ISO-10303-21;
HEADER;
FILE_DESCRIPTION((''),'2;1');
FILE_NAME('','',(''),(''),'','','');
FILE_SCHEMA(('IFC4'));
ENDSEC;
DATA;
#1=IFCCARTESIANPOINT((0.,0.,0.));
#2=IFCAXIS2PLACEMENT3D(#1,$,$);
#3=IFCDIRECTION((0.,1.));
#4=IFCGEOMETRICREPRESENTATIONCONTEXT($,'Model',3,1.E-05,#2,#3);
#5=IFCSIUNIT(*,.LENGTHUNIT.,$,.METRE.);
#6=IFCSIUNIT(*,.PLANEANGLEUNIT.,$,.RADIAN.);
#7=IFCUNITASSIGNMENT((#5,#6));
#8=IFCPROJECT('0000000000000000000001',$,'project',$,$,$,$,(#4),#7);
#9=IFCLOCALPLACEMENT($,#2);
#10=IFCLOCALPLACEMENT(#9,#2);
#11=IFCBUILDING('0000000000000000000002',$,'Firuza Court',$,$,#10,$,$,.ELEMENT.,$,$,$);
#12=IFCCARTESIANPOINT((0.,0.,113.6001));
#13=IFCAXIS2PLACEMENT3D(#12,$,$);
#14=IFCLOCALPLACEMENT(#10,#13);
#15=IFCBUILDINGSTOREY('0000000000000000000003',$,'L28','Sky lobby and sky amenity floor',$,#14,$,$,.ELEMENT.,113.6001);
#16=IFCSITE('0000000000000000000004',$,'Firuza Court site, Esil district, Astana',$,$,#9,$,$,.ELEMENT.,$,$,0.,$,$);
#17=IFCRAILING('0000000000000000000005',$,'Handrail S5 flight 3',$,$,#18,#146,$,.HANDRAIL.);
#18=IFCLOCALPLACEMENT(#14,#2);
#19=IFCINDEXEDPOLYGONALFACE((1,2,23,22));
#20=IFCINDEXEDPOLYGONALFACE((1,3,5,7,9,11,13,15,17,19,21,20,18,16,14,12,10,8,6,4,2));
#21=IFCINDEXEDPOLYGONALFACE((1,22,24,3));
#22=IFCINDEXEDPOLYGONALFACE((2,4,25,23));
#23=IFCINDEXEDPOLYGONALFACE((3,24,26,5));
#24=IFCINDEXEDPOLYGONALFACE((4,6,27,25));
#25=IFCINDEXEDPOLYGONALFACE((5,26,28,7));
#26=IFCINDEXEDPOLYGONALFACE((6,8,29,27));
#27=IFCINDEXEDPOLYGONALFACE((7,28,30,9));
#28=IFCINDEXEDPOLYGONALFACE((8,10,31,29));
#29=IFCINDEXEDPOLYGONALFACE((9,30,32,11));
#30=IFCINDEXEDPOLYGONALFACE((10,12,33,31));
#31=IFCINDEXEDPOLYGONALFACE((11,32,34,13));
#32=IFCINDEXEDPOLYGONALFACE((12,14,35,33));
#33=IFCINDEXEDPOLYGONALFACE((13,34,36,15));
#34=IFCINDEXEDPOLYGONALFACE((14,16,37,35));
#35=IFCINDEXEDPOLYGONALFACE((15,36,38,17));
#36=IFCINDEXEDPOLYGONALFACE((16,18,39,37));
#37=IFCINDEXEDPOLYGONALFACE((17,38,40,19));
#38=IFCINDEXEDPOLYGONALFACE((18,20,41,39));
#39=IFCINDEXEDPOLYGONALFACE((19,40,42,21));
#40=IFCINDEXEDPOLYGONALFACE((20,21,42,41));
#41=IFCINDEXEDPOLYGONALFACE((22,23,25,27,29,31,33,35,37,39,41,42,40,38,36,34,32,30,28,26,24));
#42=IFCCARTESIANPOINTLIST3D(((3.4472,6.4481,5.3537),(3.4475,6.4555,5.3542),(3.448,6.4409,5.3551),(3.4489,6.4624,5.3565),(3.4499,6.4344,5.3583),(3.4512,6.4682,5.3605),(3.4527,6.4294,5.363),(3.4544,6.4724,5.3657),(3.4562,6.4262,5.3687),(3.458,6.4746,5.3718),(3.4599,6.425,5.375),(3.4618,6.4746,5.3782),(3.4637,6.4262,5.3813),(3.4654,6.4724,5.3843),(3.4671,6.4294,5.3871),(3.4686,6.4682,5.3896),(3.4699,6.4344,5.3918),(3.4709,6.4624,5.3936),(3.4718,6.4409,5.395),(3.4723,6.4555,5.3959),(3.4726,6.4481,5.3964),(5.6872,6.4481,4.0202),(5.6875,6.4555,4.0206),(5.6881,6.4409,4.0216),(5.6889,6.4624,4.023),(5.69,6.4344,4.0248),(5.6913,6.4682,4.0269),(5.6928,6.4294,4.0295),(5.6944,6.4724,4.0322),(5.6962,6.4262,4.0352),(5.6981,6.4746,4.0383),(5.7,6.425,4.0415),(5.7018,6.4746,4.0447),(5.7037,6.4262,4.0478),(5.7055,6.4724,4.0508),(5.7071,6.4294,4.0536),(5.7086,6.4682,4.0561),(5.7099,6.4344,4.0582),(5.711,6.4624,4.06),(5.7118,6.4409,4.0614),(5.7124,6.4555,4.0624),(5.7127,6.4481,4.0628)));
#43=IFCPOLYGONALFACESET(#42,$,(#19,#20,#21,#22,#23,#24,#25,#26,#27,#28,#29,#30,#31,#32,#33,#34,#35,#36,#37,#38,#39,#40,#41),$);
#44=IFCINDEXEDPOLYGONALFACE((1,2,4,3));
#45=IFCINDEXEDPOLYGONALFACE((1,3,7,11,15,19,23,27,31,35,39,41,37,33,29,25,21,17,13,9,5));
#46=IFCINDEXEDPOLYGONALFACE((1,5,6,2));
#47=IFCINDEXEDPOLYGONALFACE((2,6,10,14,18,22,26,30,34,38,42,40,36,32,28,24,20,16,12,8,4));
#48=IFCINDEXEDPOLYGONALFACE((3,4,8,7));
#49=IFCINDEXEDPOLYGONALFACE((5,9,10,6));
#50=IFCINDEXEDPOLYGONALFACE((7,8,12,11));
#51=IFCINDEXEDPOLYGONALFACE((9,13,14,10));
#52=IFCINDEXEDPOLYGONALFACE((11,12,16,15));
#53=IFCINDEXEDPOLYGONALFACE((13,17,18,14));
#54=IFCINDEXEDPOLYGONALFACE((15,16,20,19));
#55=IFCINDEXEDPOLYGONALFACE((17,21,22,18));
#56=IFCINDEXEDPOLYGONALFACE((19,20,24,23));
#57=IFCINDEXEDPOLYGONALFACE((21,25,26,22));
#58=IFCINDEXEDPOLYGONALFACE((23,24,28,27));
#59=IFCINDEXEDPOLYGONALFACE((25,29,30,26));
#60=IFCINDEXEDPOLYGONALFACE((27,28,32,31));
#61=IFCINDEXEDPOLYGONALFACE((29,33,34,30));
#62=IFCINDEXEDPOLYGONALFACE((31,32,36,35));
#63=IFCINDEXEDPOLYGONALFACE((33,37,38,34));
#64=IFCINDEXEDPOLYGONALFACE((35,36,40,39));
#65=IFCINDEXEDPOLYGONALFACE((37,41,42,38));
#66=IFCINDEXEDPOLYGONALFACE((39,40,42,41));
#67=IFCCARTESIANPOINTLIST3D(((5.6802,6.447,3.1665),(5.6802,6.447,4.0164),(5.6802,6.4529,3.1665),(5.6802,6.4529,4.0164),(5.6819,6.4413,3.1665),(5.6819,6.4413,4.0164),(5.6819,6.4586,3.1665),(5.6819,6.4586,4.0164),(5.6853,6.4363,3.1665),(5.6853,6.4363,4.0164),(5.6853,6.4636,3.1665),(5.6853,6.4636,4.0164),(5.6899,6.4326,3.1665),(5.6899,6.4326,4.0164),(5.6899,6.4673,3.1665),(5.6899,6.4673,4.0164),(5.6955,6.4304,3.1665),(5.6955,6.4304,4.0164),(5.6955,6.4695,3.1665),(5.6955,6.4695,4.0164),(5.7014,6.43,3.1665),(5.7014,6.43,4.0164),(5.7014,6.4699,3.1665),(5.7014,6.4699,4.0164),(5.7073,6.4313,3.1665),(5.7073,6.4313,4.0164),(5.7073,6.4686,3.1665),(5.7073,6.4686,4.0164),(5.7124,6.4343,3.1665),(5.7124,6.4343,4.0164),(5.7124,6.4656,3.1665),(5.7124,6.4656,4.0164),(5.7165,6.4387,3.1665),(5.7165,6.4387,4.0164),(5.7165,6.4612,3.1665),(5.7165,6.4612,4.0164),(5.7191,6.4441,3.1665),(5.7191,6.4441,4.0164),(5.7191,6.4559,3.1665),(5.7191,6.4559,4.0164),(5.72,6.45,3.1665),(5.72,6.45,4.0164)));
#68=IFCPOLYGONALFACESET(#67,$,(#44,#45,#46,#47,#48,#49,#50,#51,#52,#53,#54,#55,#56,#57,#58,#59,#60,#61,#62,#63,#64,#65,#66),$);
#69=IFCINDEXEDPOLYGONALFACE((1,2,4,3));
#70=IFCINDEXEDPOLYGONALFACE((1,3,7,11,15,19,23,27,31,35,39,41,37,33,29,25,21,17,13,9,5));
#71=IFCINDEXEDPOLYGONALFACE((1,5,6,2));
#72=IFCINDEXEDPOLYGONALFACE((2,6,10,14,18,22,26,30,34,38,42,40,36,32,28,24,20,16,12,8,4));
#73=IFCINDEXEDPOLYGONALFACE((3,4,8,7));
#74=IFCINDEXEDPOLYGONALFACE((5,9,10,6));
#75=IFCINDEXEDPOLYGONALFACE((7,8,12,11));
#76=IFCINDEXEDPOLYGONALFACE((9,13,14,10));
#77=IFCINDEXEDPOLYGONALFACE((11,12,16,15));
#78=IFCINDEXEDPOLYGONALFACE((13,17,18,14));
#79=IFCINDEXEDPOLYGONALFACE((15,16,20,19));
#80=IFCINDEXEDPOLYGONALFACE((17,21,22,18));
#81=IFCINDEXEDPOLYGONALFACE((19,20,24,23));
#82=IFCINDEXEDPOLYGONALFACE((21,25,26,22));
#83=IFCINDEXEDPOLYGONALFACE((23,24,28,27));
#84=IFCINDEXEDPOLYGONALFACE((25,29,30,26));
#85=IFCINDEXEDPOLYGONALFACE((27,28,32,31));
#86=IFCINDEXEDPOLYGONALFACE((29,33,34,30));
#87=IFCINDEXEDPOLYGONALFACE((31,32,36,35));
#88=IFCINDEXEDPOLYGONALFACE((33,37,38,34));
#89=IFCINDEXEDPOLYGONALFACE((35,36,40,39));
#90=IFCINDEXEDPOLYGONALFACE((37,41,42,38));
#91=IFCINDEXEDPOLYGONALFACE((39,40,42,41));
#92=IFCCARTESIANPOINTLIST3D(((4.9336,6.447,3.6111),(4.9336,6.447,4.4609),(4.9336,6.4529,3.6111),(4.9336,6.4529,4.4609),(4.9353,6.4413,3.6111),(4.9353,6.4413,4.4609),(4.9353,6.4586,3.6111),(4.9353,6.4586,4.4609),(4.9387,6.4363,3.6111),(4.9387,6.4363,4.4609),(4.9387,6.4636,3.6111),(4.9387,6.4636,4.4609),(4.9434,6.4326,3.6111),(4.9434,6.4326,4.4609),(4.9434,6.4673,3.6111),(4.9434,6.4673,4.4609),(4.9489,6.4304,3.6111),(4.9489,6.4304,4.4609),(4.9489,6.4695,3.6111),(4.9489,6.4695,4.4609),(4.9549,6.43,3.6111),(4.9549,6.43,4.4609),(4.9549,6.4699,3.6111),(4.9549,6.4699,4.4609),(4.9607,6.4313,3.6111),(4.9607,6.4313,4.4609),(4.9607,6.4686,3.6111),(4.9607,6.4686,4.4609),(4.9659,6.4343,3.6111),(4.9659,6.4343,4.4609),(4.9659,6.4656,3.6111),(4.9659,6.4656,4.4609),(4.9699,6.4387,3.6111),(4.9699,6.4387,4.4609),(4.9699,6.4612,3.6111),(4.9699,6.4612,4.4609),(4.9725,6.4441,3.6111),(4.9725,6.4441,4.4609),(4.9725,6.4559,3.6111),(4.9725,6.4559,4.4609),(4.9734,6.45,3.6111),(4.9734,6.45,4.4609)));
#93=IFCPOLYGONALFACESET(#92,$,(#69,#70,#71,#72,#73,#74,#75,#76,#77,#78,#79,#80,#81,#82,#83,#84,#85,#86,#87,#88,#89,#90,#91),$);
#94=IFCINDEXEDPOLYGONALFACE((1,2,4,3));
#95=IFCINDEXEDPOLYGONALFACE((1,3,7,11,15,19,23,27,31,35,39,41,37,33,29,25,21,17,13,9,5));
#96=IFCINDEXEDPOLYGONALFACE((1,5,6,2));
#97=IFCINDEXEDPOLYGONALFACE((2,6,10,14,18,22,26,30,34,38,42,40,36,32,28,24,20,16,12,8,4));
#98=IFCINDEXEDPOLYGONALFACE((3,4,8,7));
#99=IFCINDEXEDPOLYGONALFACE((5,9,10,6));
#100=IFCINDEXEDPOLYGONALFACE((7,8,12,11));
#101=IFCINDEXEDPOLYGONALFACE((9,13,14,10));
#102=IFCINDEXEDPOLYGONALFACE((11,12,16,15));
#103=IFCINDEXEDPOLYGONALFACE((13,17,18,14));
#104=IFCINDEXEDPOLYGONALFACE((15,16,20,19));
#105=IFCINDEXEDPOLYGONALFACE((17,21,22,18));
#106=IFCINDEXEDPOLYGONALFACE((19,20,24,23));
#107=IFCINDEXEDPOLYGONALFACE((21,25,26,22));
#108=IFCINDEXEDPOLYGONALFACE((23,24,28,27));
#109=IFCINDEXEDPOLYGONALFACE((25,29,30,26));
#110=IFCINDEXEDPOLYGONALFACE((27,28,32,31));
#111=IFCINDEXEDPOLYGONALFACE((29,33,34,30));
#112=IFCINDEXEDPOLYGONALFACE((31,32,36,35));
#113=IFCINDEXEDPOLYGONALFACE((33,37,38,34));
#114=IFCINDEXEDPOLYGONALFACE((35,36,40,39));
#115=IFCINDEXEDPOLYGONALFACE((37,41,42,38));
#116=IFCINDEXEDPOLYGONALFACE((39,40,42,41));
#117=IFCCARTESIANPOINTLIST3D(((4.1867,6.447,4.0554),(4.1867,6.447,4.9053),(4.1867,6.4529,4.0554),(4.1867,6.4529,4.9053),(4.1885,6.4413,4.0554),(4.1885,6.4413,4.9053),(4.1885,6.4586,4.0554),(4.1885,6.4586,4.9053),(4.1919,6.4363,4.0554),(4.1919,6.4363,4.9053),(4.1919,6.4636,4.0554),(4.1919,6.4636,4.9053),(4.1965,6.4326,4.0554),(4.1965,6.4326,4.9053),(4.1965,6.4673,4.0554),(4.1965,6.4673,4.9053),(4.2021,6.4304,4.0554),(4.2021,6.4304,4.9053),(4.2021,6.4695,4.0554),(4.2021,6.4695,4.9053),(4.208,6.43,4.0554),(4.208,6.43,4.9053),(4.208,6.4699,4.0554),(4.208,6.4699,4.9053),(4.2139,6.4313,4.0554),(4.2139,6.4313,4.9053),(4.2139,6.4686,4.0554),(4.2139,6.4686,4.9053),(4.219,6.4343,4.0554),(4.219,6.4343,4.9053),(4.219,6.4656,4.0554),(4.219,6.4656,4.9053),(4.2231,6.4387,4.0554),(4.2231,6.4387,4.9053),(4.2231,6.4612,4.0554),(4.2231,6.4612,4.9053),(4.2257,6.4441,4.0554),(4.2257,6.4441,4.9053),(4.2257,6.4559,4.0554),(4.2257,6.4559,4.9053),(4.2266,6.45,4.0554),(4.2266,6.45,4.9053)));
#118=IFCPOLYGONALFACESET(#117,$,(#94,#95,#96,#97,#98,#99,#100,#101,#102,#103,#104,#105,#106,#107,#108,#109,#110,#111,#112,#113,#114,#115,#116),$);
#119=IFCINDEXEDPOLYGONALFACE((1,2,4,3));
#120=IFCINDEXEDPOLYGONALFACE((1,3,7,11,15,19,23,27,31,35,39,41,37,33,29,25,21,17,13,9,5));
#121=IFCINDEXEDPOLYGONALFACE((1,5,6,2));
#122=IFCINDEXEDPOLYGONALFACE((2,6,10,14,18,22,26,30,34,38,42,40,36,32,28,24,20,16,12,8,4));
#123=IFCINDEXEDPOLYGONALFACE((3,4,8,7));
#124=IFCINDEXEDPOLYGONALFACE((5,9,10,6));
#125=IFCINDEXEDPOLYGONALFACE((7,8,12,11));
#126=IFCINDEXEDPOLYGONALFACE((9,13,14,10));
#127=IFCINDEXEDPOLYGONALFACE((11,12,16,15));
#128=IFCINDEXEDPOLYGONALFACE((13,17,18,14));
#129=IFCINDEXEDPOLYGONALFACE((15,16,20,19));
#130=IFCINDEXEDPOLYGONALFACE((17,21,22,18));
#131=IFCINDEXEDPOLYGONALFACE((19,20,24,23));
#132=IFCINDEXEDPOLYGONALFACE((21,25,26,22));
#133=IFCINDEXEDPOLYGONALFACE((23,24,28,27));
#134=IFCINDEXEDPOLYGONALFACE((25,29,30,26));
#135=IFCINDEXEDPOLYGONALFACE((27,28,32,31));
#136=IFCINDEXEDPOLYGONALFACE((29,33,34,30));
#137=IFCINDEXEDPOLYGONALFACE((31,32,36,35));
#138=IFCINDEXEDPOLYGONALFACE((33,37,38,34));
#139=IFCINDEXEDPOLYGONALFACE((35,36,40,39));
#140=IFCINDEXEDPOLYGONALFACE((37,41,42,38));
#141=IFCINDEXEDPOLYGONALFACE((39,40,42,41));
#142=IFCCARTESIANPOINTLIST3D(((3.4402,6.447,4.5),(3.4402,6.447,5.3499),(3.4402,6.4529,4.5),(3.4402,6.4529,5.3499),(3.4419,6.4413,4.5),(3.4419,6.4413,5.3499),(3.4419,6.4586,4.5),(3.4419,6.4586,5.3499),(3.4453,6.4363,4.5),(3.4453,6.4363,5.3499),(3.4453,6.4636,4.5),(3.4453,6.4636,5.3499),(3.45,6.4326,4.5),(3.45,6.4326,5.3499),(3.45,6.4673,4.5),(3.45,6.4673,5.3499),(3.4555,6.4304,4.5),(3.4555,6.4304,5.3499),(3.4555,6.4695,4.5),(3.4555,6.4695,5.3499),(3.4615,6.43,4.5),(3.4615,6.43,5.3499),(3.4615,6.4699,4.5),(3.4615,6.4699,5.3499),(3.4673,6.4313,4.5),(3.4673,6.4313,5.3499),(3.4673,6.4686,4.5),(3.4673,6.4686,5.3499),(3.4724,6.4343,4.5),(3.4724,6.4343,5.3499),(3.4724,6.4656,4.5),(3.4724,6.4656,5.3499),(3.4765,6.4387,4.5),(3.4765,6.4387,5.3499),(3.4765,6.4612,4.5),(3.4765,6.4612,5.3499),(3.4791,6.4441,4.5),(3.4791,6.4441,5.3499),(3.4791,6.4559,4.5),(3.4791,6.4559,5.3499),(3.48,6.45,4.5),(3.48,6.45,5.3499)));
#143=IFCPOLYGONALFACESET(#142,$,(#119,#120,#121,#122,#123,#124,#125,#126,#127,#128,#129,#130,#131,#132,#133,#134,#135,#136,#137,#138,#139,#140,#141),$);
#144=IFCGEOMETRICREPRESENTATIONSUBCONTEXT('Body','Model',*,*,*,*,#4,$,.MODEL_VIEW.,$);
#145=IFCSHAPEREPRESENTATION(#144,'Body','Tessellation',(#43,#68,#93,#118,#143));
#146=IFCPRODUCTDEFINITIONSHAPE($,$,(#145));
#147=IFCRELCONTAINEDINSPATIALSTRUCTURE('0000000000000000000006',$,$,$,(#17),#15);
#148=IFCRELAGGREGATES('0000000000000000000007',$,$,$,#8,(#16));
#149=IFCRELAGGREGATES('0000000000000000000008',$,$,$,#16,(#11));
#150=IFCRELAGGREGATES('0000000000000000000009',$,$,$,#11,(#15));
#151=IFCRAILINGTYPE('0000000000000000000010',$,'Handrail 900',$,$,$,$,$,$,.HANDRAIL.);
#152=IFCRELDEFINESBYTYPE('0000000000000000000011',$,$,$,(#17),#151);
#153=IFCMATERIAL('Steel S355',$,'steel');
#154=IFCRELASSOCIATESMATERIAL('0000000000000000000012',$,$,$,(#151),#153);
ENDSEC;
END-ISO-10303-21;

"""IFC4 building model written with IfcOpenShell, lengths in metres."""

from ifc_helpers import new_model, si_unit, direction, frame, origin, origin_2d, place, context, subcontext, project, spatial, circle, extrude, material, type_object, element, save


model = new_model("IFC4")

# Units and contexts
model_context = context("Model", 3, precision=1e-05, world=origin(), true_north=direction((0.0, 1.0)))
body_context = subcontext(model_context, "Body", "Model", "MODEL_VIEW")
ifc_project = project(units=[si_unit("LENGTHUNIT", "METRE"), si_unit("PLANEANGLEUNIT", "RADIAN")], contexts=[model_context])

# Site, building, storey
site_placement = place(None, origin())
site = spatial("IfcSite", under=ifc_project, at=site_placement, Name="Firuza Court site, Esil district, Astana", CompositionType="ELEMENT", RefElevation=0.0)
building_placement = place(site_placement, origin())
building = spatial("IfcBuilding", under=site, at=building_placement, Name="Firuza Court", CompositionType="ELEMENT")
storey_placement = place(building_placement, frame((0.0, 0.0, 113.6001)))
storey = spatial("IfcBuildingStorey", under=building, at=storey_placement, Name="L28", Description="Sky lobby and sky amenity floor", CompositionType="ELEMENT", Elevation=113.6001)

# Railing
ifc_material_1 = material(Name="Steel S355", Category="steel")
railing_type_1 = type_object("IfcRailingType", Name="Handrail 900", PredefinedType="HANDRAIL", material=ifc_material_1)
railing_1_placement = place(storey_placement, frame((5.7, 6.45, 3.1665)))
element("IfcRailing", 1, at=railing_1_placement, inside=storey, type_object=railing_type_1, Name="Handrail S5 flight 3", PredefinedType="HANDRAIL", context=body_context, shape_type="SweptSolid", body=[
    extrude(circle(Radius=0.0249, at=origin_2d()), frame((0.0, 0.0, 0.875), z_axis=(-0.859264, 0.0, 0.511532), x_axis=(0.0, -1.0, 0.0)), (0.0, 0.0, 1.0), 2.6069),
    extrude(circle(Radius=0.02, at=origin_2d()), origin(), (0.0, 0.0, 1.0), 0.8499),
    extrude(circle(Radius=0.02, at=origin_2d()), frame((-0.7466, 0.0, 0.4446)), (0.0, 0.0, 1.0), 0.8499),
    extrude(circle(Radius=0.02, at=origin_2d()), frame((-1.4934, 0.0, 0.8889)), (0.0, 0.0, 1.0), 0.8499),
    extrude(circle(Radius=0.02, at=origin_2d()), frame((-2.24, 0.0, 1.3335)), (0.0, 0.0, 1.0), 0.8499),
])

save(model, "model.ifc")
